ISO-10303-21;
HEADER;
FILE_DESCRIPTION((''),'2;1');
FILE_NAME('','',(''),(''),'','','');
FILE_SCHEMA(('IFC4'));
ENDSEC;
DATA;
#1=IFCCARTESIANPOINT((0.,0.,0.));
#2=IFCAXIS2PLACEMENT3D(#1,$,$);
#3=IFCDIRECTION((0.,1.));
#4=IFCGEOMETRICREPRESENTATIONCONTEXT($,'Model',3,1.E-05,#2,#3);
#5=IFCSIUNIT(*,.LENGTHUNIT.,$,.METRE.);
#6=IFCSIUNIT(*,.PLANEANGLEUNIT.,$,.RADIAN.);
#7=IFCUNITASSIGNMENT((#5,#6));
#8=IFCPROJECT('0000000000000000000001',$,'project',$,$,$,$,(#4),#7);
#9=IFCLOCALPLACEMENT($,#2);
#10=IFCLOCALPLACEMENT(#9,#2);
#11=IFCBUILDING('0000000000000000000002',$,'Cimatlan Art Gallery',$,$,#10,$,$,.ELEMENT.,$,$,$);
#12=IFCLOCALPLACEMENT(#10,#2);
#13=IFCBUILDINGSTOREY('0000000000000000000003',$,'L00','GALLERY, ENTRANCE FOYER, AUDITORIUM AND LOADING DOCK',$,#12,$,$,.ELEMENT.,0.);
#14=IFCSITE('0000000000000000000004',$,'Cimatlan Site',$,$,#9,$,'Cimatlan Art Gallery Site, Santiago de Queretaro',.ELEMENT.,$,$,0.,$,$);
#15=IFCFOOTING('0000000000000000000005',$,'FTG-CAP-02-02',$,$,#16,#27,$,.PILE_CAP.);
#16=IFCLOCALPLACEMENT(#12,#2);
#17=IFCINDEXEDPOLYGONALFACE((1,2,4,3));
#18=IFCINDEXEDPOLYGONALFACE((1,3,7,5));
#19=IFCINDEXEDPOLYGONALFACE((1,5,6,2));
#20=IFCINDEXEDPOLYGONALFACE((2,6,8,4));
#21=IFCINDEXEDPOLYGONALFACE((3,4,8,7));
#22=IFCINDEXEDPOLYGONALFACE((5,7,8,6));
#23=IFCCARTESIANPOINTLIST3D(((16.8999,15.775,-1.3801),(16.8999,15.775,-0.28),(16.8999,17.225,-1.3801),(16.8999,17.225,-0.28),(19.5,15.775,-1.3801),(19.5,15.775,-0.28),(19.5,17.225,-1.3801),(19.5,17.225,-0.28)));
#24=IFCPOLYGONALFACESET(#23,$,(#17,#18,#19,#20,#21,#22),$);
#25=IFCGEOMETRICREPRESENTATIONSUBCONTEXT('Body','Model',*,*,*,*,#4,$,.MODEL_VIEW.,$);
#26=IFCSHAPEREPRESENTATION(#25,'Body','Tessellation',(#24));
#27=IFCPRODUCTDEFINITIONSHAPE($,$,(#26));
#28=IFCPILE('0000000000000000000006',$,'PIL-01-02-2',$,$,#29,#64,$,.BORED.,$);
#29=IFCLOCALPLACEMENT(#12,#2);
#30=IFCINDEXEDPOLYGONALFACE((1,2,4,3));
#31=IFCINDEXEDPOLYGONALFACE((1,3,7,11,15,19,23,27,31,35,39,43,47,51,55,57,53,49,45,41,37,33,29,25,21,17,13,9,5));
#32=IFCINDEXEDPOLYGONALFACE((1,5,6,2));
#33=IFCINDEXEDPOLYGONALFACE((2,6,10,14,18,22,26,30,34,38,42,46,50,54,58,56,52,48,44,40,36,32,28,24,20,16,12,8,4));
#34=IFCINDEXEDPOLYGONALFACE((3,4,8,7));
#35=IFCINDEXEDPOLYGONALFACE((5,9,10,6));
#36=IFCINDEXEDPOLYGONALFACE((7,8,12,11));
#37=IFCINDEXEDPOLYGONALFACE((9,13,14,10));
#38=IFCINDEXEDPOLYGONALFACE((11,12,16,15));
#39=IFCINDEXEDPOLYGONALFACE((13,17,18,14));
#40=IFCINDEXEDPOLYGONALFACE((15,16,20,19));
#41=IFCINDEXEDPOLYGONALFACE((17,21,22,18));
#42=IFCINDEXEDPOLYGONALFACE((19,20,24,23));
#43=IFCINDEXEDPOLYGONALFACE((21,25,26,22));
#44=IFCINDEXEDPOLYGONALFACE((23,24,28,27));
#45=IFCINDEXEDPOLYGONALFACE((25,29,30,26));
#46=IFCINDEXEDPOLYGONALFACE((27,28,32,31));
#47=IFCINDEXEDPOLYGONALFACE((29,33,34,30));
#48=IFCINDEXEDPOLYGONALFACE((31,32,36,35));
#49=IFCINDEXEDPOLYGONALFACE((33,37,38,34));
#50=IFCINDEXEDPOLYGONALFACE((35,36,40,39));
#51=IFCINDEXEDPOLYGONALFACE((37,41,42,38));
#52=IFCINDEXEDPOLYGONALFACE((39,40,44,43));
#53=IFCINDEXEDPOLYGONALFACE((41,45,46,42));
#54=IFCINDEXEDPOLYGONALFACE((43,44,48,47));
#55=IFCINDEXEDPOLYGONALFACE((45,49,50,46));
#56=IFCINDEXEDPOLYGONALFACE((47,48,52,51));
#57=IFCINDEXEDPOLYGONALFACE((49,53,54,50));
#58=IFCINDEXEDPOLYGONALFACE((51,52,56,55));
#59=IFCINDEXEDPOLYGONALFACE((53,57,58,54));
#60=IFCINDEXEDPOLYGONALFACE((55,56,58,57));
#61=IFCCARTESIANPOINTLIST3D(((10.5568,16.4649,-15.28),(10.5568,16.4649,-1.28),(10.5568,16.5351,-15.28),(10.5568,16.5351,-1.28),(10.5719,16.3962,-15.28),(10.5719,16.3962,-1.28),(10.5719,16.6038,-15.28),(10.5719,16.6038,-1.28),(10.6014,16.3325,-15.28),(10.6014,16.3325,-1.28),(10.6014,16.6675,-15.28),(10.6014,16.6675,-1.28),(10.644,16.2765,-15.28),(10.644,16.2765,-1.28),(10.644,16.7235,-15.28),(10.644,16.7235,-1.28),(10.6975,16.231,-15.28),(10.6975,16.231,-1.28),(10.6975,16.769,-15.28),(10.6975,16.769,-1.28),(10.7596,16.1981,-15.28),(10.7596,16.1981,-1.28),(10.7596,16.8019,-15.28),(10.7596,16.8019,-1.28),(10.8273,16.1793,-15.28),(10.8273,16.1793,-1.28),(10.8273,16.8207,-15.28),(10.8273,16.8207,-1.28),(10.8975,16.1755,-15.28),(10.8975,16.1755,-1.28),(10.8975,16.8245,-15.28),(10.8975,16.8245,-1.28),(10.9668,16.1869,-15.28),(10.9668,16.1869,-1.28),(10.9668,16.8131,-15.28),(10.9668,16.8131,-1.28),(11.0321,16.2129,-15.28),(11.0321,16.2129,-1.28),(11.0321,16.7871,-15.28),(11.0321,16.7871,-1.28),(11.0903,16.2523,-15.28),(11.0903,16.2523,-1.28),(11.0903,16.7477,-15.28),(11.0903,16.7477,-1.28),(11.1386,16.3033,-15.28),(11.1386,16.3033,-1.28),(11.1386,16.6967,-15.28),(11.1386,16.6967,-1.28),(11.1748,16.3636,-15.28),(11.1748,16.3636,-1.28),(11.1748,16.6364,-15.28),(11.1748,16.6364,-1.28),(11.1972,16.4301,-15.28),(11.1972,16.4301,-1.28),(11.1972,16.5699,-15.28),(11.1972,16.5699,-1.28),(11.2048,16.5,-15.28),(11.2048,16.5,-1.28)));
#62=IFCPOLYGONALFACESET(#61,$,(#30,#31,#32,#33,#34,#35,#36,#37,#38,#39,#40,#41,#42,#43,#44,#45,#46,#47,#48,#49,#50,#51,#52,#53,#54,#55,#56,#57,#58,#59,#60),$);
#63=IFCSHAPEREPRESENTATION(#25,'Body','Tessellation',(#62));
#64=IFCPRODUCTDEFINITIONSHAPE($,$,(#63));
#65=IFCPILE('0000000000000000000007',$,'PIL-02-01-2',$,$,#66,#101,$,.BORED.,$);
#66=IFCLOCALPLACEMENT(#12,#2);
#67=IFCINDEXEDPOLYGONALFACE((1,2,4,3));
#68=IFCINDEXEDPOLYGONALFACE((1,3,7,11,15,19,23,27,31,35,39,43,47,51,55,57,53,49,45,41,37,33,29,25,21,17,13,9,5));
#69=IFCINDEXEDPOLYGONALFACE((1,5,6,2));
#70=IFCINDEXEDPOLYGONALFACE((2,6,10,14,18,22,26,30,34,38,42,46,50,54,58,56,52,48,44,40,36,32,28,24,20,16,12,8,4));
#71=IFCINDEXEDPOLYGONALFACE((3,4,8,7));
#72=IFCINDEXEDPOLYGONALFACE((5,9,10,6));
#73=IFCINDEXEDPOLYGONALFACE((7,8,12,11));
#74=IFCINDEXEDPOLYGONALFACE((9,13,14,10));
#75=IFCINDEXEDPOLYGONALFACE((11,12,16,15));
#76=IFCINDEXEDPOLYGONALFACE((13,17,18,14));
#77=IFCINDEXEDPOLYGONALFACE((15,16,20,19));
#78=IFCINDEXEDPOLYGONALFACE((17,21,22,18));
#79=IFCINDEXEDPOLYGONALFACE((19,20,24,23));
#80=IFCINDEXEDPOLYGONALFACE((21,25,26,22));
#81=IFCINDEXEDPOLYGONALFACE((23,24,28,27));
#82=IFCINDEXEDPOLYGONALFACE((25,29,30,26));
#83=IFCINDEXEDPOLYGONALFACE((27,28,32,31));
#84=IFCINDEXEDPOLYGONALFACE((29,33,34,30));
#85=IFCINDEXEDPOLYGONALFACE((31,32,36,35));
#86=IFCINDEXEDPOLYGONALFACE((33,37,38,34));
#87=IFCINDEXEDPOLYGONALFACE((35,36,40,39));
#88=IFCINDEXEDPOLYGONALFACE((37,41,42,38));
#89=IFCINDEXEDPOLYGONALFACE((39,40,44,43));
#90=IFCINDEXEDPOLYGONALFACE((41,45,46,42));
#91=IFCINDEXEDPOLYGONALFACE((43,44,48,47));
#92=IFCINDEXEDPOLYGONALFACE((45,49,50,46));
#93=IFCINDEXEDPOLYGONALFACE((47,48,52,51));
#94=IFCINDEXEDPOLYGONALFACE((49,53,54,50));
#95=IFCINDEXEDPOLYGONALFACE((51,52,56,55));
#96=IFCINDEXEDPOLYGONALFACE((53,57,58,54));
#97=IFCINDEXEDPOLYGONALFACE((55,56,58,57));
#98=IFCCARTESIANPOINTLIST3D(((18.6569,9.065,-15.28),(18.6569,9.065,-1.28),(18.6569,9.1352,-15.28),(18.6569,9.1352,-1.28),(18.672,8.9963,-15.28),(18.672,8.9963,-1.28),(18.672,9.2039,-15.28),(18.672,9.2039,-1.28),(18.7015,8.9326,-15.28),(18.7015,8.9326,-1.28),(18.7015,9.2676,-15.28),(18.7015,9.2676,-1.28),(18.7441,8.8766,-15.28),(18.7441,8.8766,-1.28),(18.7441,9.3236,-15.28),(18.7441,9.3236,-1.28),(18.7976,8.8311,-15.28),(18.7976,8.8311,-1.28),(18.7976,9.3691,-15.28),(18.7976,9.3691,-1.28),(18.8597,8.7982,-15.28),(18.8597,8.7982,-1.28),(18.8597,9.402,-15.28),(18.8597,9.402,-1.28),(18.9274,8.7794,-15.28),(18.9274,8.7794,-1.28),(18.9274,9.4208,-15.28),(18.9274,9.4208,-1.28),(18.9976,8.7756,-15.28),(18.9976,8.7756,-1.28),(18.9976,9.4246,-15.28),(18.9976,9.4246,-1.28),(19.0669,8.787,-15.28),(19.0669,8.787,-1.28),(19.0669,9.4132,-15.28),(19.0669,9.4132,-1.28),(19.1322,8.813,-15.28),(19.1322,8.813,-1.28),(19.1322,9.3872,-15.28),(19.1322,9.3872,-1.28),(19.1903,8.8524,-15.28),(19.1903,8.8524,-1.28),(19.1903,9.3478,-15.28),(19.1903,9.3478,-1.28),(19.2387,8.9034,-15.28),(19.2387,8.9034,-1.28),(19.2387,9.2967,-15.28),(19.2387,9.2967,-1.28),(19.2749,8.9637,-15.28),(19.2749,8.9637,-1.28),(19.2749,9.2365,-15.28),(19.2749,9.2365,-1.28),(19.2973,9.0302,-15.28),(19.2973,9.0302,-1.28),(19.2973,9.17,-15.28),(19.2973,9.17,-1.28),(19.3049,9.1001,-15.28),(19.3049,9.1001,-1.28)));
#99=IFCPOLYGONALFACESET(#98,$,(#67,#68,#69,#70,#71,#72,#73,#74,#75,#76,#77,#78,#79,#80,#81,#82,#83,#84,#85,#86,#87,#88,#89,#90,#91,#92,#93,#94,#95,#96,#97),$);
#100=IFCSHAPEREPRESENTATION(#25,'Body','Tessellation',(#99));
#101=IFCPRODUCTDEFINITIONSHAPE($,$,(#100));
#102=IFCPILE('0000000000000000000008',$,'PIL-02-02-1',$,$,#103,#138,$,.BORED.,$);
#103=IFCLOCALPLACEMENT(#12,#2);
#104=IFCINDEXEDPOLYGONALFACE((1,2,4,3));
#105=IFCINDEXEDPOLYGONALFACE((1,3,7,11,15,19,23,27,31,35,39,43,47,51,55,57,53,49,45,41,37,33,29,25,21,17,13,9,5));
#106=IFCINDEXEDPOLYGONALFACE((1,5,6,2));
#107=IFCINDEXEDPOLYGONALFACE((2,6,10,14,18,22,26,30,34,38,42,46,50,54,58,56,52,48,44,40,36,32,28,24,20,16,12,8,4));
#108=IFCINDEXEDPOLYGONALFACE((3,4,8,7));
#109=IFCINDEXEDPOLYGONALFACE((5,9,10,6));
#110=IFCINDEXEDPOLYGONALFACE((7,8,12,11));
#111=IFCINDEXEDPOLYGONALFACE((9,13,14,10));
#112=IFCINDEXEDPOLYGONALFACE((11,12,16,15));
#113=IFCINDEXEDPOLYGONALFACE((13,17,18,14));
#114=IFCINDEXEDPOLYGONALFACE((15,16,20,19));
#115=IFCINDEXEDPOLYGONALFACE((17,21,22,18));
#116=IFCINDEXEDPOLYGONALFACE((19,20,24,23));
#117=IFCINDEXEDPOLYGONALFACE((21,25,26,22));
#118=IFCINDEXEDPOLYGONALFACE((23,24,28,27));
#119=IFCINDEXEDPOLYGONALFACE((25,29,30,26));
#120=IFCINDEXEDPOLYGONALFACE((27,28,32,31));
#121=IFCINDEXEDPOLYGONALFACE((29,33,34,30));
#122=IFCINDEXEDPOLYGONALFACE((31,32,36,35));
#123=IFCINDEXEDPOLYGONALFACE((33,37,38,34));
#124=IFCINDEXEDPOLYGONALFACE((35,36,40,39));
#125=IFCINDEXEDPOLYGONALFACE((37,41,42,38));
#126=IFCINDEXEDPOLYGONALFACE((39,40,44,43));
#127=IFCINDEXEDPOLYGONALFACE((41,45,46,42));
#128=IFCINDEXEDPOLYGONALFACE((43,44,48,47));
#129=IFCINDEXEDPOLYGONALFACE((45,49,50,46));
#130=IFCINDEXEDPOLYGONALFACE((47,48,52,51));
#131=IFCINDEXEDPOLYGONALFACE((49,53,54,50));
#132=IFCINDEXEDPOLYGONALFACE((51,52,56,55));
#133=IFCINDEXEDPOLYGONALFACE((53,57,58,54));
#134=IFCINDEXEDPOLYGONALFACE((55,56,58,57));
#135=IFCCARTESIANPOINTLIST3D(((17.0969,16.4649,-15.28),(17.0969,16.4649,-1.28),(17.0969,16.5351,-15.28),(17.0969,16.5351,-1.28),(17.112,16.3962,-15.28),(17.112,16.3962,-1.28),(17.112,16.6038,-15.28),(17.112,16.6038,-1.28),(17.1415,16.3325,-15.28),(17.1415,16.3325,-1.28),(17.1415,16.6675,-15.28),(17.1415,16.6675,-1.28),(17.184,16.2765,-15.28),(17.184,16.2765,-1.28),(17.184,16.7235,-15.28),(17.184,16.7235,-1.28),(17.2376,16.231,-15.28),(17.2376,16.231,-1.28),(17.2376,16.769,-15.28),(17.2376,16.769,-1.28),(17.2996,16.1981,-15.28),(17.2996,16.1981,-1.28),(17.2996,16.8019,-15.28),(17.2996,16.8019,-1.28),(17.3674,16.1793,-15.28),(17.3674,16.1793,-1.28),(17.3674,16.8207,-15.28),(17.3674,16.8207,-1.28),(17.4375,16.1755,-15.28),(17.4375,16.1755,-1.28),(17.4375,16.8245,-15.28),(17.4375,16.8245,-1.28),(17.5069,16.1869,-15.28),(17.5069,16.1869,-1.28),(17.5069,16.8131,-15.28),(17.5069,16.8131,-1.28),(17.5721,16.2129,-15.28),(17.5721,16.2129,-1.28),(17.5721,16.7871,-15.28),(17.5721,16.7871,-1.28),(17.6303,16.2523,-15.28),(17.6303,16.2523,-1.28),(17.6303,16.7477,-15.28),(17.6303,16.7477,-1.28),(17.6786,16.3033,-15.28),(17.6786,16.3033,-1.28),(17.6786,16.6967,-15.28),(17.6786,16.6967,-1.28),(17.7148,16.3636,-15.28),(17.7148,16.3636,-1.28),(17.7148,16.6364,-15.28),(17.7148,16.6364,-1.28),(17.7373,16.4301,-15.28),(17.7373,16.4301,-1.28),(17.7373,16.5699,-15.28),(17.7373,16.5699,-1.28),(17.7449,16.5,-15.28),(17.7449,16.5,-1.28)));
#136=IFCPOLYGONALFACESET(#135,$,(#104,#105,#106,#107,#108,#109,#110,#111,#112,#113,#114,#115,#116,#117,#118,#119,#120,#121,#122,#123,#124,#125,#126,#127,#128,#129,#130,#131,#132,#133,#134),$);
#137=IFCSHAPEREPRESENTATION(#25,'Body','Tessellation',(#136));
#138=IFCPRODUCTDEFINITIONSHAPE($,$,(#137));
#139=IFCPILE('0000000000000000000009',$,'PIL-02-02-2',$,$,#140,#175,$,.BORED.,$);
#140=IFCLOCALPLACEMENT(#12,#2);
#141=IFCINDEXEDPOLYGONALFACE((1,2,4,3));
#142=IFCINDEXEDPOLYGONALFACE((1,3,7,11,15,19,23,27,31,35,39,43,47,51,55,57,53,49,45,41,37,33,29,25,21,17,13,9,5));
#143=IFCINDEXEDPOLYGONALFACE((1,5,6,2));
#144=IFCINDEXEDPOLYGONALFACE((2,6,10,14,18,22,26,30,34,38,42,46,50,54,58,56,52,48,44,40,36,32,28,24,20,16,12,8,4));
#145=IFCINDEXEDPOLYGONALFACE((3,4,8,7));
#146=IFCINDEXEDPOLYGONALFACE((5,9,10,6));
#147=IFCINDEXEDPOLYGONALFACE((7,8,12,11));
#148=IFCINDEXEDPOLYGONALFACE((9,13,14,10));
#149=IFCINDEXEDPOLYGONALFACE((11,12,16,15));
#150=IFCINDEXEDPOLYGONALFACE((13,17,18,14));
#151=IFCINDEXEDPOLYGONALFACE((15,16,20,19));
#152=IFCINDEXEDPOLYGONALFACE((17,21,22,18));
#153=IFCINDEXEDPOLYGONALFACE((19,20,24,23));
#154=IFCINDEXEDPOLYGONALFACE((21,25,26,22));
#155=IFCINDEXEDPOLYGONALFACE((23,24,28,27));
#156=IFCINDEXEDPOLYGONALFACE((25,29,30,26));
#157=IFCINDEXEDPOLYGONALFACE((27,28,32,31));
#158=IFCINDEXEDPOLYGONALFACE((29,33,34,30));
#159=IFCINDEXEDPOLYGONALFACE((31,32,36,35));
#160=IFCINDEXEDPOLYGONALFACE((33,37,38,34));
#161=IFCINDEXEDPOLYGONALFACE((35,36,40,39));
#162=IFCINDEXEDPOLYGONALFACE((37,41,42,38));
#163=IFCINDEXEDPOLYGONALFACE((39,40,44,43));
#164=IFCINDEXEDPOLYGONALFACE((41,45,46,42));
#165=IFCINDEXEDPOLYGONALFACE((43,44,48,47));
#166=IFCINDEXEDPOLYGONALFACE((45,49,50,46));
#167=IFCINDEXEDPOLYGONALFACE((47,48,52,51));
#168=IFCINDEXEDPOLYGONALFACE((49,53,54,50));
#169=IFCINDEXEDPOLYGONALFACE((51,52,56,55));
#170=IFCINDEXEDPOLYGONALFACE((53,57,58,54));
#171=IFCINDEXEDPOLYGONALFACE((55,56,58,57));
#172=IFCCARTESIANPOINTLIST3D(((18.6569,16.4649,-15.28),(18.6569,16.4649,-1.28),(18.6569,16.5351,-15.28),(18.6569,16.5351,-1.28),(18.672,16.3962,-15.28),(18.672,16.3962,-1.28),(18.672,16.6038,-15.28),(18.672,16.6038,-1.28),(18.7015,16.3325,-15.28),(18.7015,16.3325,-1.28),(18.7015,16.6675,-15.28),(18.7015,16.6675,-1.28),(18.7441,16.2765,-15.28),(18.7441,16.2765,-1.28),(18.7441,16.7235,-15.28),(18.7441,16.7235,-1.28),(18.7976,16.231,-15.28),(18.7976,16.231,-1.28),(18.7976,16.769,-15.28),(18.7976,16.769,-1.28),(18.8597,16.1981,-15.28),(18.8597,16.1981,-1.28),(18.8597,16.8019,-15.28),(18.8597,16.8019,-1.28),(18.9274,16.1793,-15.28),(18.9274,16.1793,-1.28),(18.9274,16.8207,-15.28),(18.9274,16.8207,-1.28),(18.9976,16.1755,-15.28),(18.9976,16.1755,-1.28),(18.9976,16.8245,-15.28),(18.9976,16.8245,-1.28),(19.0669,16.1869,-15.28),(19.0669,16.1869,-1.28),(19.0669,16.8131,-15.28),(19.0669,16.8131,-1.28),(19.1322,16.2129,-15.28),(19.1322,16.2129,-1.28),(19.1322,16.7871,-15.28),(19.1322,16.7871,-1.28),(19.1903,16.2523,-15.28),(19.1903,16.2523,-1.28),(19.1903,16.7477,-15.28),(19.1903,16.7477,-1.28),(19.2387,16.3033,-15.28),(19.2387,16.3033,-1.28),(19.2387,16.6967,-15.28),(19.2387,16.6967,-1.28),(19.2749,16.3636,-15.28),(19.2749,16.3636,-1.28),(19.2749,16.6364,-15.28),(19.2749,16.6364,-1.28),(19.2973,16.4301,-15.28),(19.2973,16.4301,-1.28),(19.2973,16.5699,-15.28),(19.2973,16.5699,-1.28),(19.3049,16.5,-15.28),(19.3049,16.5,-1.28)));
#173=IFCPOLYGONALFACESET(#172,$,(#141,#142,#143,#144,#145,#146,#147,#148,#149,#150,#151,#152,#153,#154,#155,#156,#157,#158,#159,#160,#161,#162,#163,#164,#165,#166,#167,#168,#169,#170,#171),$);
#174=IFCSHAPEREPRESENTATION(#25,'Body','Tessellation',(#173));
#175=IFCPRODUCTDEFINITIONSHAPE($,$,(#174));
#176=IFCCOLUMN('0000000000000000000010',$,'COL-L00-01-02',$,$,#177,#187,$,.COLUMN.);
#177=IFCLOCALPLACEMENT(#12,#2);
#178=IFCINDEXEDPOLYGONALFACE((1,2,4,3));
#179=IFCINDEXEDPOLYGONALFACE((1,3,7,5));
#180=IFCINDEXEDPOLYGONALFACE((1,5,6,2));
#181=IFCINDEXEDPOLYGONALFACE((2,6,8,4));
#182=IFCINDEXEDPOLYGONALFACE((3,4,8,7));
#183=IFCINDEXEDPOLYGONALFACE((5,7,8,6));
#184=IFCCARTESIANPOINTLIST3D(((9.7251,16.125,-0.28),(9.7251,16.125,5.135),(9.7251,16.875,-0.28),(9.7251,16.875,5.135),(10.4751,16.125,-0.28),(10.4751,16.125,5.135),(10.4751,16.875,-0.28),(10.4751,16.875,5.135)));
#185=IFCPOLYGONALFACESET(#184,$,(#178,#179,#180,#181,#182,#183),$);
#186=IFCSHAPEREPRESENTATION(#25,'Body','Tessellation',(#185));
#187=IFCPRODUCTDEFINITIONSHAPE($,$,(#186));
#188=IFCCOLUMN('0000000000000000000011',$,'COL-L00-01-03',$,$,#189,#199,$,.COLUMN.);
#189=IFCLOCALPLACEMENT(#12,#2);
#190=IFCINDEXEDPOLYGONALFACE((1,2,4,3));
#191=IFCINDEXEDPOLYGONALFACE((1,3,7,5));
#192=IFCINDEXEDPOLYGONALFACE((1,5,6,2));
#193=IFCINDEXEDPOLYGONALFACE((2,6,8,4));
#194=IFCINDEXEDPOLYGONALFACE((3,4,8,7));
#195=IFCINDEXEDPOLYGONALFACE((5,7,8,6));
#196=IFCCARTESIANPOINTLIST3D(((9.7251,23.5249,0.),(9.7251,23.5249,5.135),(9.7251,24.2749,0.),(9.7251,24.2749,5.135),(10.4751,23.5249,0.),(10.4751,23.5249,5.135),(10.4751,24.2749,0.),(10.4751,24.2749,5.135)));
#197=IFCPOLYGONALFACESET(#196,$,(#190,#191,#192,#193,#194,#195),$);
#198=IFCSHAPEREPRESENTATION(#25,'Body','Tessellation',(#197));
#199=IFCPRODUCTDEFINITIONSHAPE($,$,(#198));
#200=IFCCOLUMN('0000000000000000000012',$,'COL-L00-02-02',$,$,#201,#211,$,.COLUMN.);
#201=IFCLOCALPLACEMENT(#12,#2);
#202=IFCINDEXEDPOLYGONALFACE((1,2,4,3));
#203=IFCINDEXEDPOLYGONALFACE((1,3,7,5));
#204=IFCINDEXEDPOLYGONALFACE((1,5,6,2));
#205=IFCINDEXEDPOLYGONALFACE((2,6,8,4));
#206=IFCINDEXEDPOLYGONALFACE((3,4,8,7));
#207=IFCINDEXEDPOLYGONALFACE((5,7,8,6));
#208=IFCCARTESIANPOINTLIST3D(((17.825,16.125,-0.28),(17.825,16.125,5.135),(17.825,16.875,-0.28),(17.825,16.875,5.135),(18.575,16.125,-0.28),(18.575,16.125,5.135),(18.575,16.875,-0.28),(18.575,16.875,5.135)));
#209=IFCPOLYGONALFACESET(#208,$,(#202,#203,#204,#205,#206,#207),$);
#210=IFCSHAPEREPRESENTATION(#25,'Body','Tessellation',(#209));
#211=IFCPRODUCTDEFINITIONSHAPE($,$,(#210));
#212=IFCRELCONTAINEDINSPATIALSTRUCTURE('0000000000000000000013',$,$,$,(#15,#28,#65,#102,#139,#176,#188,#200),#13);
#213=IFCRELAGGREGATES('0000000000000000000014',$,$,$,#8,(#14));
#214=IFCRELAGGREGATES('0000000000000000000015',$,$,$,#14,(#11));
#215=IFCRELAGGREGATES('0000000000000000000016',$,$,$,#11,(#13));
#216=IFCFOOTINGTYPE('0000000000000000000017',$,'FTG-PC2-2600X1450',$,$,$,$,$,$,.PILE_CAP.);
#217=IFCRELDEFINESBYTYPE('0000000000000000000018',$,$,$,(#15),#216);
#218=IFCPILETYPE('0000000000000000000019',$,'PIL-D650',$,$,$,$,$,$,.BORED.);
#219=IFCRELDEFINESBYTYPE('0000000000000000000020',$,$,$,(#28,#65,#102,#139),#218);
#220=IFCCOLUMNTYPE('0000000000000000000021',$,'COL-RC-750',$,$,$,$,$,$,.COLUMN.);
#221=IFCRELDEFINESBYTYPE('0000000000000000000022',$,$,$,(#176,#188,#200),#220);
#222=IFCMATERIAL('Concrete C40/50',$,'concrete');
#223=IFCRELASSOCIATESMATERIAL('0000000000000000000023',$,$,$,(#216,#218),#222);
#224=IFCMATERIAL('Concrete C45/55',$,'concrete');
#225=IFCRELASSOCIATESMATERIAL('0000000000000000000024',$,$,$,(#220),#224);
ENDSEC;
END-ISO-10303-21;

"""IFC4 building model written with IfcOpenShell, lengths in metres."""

from ifc_helpers import new_model, si_unit, direction, frame, origin, origin_2d, place, context, subcontext, project, spatial, rectangle, circle, extrude, material, material_profile, profile_set, type_object, element, save


model = new_model("IFC4")

# Units and contexts
model_context = context("Model", 3, precision=1e-05, world=origin(), true_north=direction((0.0, 1.0)))
body_context = subcontext(model_context, "Body", "Model", "MODEL_VIEW")
ifc_project = project(units=[si_unit("LENGTHUNIT", "METRE"), si_unit("PLANEANGLEUNIT", "RADIAN")], contexts=[model_context])

# Site, building, storey
site_placement = place(None, origin())
site = spatial("IfcSite", under=ifc_project, at=site_placement, Name="Cimatlan Site", LongName="Cimatlan Art Gallery Site, Santiago de Queretaro", CompositionType="ELEMENT", RefElevation=0.0)
building_placement = place(site_placement, origin())
building = spatial("IfcBuilding", under=site, at=building_placement, Name="Cimatlan Art Gallery", CompositionType="ELEMENT")
storey_placement = place(building_placement, origin())
storey = spatial("IfcBuildingStorey", under=building, at=storey_placement, Name="L00", Description="GALLERY, ENTRANCE FOYER, AUDITORIUM AND LOADING DOCK", CompositionType="ELEMENT", Elevation=0.0)

# Footing
ifc_material_1 = material(Name="Concrete C40/50", Category="concrete")
footing_type = type_object("IfcFootingType", Name="FTG-PC2-2600X1450", PredefinedType="PILE_CAP", material=ifc_material_1)
footing_placement = place(storey_placement, frame((18.2, 16.5, -1.3801), z_axis=(0.0, 0.0, 1.0), x_axis=(1.0, 0.0, 0.0)))
element("IfcFooting", 1, at=footing_placement, inside=storey, type_object=footing_type, Name="FTG-CAP-02-02", PredefinedType="PILE_CAP", context=body_context, shape_type="SweptSolid", body=[
    extrude(rectangle(XDim=2.6001, YDim=1.45, at=origin_2d()), origin(), (0.0, 0.0, 1.0), 1.1001),
])

# Piles
pile_type = type_object("IfcPileType", Name="PIL-D650", PredefinedType="BORED", material=ifc_material_1)
for number, where, z_axis, x_axis, name in (
    (2, (10.8799, 16.5, -1.28), (0.0, 0.0, -1.0), (1.0, 0.0, 0.0), "PIL-01-02-2"),
    (3, (18.98, 9.1001, -1.28), (0.0, 0.0, -1.0), (1.0, 0.0, 0.0), "PIL-02-01-2"),
    (4, (17.4199, 16.5, -1.28), (0.0, 0.0, -1.0), (1.0, 0.0, 0.0), "PIL-02-02-1"),
    (5, (18.98, 16.5, -1.28), (0.0, 0.0, -1.0), (1.0, 0.0, 0.0), "PIL-02-02-2"),
):
    element("IfcPile", number, at=place(storey_placement, frame(where, z_axis=z_axis, x_axis=x_axis)), inside=storey, type_object=pile_type, Name=name, PredefinedType="BORED", context=body_context, shape_type="SweptSolid", body=[
        extrude(circle(Radius=0.325, at=origin_2d()), origin(), (0.0, 0.0, 1.0), 14.0),
    ])

# Columns
ifc_material_2 = material(Name="Concrete C45/55", Category="concrete")
ifc_material_profile_1 = material_profile(ifc_material_2, rectangle(XDim=0.75, YDim=0.75, at=origin_2d()), Name="RC750X750")
ifc_profile_set_1 = profile_set([ifc_material_profile_1], Name="Concrete C45/55")
column_type = type_object("IfcColumnType", Name="COL-RC-750", PredefinedType="COLUMN", material=ifc_profile_set_1)
column_1_placement = place(storey_placement, frame((10.1001, 16.5, -0.28), z_axis=(0.0, 0.0, 1.0), x_axis=(1.0, 0.0, 0.0)))
element("IfcColumn", 6, at=column_1_placement, inside=storey, type_object=column_type, Name="COL-L00-01-02", PredefinedType="COLUMN", context=body_context, shape_type="SweptSolid", body=[
    extrude(rectangle(XDim=0.75, YDim=0.75, at=origin_2d()), origin(), (0.0, 0.0, 1.0), 5.415),
])
column_2_placement = place(storey_placement, frame((10.1001, 23.8999, 0.0), z_axis=(0.0, 0.0, 1.0), x_axis=(1.0, 0.0, 0.0)))
element("IfcColumn", 7, at=column_2_placement, inside=storey, type_object=column_type, Name="COL-L00-01-03", PredefinedType="COLUMN", context=body_context, shape_type="SweptSolid", body=[
    extrude(rectangle(XDim=0.75, YDim=0.75, at=origin_2d()), origin(), (0.0, 0.0, 1.0), 5.135),
])
column_3_placement = place(storey_placement, frame((18.2, 16.5, -0.28), z_axis=(0.0, 0.0, 1.0), x_axis=(1.0, 0.0, 0.0)))
element("IfcColumn", 8, at=column_3_placement, inside=storey, type_object=column_type, Name="COL-L00-02-02", PredefinedType="COLUMN", context=body_context, shape_type="SweptSolid", body=[
    extrude(rectangle(XDim=0.75, YDim=0.75, at=origin_2d()), origin(), (0.0, 0.0, 1.0), 5.415),
])

save(model, "model.ifc")
